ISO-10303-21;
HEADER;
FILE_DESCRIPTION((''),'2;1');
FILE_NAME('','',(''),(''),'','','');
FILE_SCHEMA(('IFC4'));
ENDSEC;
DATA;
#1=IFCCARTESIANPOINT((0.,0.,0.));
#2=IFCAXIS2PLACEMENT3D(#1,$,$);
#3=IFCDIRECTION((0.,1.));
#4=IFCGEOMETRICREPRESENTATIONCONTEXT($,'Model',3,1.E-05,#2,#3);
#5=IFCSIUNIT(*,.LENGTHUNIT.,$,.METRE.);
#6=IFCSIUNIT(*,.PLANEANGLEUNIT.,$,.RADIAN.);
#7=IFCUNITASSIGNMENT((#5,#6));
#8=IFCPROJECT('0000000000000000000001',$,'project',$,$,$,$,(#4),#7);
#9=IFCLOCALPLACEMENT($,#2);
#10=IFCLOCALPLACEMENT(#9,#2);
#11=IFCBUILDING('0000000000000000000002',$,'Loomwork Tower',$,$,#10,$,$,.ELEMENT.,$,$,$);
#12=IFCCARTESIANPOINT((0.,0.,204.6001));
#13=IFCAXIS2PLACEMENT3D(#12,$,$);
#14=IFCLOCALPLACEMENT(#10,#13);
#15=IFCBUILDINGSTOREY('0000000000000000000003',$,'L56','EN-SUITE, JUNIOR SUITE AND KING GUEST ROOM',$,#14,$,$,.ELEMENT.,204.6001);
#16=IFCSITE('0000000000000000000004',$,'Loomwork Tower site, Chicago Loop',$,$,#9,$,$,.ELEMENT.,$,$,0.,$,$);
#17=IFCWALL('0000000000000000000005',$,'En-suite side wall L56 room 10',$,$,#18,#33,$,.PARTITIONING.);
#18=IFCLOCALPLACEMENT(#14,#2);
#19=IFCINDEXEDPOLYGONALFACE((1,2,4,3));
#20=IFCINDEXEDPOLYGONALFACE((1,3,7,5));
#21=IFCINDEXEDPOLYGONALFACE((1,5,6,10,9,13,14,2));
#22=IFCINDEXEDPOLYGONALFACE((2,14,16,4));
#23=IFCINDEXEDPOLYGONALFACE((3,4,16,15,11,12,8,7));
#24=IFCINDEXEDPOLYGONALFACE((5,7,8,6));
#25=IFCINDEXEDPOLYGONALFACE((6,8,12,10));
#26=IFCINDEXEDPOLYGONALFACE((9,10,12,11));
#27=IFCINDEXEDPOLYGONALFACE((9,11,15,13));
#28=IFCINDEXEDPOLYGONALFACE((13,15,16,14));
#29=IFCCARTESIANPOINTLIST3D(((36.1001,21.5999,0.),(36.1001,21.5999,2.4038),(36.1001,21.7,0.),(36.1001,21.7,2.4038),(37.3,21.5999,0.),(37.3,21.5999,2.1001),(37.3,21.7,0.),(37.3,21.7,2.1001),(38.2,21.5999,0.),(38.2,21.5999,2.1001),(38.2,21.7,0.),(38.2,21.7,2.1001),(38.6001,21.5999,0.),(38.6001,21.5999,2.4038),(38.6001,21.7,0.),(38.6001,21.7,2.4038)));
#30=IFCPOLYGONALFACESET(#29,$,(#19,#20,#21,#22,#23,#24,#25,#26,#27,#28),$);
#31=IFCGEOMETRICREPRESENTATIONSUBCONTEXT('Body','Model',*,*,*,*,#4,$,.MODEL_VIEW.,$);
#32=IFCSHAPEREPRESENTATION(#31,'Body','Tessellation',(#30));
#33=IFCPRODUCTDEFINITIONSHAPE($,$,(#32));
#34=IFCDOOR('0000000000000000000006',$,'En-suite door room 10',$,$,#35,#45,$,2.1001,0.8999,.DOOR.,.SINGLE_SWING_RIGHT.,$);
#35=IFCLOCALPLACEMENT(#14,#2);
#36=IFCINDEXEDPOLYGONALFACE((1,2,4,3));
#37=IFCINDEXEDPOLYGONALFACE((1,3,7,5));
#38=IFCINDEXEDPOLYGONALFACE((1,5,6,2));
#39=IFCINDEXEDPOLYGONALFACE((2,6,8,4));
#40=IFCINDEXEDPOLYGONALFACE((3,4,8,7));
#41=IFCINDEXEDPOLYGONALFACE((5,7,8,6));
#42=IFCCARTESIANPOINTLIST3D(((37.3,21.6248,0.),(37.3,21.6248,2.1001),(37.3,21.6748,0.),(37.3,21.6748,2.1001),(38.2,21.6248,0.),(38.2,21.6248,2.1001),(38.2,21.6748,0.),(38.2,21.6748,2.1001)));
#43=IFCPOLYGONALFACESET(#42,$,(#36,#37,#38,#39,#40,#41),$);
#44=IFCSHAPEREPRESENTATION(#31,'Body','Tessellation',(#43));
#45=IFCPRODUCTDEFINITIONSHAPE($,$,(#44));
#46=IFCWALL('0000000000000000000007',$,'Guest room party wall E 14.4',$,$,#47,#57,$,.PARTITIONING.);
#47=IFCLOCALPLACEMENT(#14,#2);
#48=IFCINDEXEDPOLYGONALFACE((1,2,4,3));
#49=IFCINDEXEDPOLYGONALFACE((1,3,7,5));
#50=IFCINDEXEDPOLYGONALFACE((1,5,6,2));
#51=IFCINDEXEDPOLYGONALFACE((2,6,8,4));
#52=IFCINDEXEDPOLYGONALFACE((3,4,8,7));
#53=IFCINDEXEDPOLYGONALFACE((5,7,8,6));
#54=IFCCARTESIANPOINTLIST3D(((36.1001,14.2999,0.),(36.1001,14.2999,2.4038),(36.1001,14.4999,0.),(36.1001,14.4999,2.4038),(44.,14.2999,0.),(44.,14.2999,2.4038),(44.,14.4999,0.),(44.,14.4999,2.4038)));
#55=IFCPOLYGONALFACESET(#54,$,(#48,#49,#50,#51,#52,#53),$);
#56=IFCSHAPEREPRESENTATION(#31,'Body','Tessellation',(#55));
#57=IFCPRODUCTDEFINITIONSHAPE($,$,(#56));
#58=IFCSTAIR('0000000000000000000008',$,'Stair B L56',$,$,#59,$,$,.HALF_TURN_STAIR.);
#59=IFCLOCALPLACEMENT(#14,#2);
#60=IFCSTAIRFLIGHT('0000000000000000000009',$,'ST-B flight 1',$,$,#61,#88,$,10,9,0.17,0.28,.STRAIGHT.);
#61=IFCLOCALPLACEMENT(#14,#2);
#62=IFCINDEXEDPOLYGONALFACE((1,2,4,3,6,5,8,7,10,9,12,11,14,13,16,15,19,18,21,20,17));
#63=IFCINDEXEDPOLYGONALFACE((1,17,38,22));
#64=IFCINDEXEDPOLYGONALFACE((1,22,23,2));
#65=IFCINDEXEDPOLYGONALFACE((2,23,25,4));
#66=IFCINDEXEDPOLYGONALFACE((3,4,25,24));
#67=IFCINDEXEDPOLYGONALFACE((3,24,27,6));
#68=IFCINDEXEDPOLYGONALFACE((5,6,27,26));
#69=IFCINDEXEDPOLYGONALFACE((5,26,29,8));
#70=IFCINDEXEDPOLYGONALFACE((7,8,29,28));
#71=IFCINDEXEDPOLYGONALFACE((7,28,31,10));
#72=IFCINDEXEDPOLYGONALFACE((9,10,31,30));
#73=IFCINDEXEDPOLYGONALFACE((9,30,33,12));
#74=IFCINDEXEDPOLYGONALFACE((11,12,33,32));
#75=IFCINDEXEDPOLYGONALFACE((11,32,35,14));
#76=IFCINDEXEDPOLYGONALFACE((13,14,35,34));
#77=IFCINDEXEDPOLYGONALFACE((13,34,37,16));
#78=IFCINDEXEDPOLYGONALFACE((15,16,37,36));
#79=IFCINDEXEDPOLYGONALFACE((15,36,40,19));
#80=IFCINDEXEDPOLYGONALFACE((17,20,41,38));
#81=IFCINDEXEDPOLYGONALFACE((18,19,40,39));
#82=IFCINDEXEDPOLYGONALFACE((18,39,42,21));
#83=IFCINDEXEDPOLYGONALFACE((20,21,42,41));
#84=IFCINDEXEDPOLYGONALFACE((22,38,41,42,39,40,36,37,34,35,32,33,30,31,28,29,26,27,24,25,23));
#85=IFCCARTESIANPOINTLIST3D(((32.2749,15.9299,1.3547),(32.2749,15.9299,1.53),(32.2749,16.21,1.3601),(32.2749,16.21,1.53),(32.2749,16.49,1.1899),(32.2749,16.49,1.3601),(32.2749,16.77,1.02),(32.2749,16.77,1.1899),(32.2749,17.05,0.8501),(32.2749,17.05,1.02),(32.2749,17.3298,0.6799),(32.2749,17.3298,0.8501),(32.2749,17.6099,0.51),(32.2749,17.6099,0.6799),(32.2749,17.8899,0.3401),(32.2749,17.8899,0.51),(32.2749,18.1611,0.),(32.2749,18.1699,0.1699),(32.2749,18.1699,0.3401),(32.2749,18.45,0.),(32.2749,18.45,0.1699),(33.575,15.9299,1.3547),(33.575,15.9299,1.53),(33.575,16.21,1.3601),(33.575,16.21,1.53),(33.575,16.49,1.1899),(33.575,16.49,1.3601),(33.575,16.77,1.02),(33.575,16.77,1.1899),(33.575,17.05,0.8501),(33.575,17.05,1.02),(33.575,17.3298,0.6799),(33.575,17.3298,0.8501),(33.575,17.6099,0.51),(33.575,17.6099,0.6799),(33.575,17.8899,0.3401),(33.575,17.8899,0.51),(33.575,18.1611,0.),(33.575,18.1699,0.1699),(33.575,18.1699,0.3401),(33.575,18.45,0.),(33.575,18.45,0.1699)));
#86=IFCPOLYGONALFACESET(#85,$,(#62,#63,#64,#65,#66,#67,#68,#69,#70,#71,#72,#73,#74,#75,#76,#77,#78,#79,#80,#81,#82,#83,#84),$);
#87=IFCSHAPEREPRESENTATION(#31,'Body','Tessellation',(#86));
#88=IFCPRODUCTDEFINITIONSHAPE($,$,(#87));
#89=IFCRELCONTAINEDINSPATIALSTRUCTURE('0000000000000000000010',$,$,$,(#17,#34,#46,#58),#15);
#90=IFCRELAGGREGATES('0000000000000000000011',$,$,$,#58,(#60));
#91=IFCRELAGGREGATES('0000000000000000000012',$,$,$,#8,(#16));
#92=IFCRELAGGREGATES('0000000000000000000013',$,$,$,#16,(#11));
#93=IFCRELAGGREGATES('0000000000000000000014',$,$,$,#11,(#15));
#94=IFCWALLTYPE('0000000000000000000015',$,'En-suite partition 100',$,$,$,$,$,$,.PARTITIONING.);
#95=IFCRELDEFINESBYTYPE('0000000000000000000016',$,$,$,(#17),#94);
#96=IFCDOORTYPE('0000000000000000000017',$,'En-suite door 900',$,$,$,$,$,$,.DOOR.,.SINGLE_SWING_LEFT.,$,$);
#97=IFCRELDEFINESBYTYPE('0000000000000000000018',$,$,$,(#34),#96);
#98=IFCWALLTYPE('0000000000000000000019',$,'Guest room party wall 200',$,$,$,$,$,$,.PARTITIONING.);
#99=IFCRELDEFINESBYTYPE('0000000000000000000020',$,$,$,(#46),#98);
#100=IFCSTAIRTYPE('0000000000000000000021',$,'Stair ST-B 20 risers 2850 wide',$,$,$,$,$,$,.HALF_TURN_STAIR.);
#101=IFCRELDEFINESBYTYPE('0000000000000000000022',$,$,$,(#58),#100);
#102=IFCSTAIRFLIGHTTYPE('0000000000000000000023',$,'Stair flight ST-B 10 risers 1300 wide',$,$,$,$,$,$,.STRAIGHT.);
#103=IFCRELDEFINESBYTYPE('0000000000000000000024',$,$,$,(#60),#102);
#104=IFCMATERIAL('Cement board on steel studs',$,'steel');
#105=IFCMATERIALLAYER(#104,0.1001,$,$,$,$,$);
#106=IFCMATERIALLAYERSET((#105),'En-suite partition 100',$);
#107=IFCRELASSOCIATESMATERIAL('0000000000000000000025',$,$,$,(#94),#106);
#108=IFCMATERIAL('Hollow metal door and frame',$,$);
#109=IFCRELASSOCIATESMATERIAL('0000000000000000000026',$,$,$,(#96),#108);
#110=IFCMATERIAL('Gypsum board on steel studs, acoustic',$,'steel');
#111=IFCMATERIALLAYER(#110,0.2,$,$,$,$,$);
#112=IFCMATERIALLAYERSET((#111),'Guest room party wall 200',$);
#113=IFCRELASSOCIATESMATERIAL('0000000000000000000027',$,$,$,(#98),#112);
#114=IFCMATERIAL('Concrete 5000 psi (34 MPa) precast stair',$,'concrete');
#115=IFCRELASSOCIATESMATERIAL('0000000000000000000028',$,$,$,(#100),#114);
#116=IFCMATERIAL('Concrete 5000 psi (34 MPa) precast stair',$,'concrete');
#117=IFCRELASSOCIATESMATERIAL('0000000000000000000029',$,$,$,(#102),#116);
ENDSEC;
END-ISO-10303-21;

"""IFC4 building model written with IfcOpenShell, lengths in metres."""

from ifc_helpers import new_model, si_unit, direction, frame, frame_2d, origin, place, context, subcontext, project, spatial, polyline, rectangle, outline, extrude, material, layer, layer_set, type_object, element, fill, aggregate, save


model = new_model("IFC4")

# Units and contexts
model_context = context("Model", 3, precision=1e-05, world=origin(), true_north=direction((0.0, 1.0)))
body_context = subcontext(model_context, "Body", "Model", "MODEL_VIEW")
ifc_project = project(units=[si_unit("LENGTHUNIT", "METRE"), si_unit("PLANEANGLEUNIT", "RADIAN")], contexts=[model_context])

# Site, building, storey
site_placement = place(None, origin())
site = spatial("IfcSite", under=ifc_project, at=site_placement, Name="Loomwork Tower site, Chicago Loop", CompositionType="ELEMENT", RefElevation=0.0)
building_placement = place(site_placement, origin())
building = spatial("IfcBuilding", under=site, at=building_placement, Name="Loomwork Tower", CompositionType="ELEMENT")
storey_placement = place(building_placement, frame((0.0, 0.0, 204.6001)))
storey = spatial("IfcBuildingStorey", under=building, at=storey_placement, Name="L56", Description="EN-SUITE, JUNIOR SUITE AND KING GUEST ROOM", CompositionType="ELEMENT", Elevation=204.6001)

# Wall, opening, door
ifc_material_1 = material(Name="Cement board on steel studs", Category="steel")
ifc_layer_1 = layer(ifc_material_1, 0.1001)
ifc_layer_set_1 = layer_set([ifc_layer_1], Name="En-suite partition 100")
wall_type_1 = type_object("IfcWallType", Name="En-suite partition 100", PredefinedType="PARTITIONING", material=ifc_layer_set_1)
ifc_material_2 = material(Name="Hollow metal door and frame")
door_type_1 = type_object("IfcDoorType", Name="En-suite door 900", OperationType="SINGLE_SWING_LEFT", PredefinedType="DOOR", material=ifc_material_2)
wall_1_placement = place(storey_placement, frame((36.1001, 21.6499, 0.0), z_axis=(0.0, 0.0, 1.0), x_axis=(1.0, 0.0, 0.0)))
wall_1 = element("IfcWall", 1, at=wall_1_placement, inside=storey, type_object=wall_type_1, Name="En-suite side wall L56 room 10", PredefinedType="PARTITIONING", context=body_context, shape_type="SweptSolid", body=[
    extrude(rectangle(XDim=2.5, YDim=0.1001, at=frame_2d((1.25, 0.0))), origin(), (0.0, 0.0, 1.0), 2.4038),
])
opening_1_placement = place(wall_1_placement, frame((1.2, 0.0, 0.0)))
opening_1 = element("IfcOpeningElement", 2, at=opening_1_placement, cuts=wall_1, PredefinedType="OPENING", context=body_context, shape_type="SweptSolid", body=[
    extrude(rectangle(XDim=0.8999, YDim=2.1001, at=frame_2d((0.45, 1.05))), frame((0.0, 0.0601, 0.0), z_axis=(0.0, -1.0, 0.0), x_axis=(1.0, 0.0, 0.0)), (0.0, 0.0, 1.0), 0.1201),
])
door_1_placement = place(opening_1_placement, origin())
door_1 = element("IfcDoor", 3, at=door_1_placement, inside=storey, type_object=door_type_1, Name="En-suite door room 10", OperationType="SINGLE_SWING_RIGHT", OverallHeight=2.1001, OverallWidth=0.8999, PredefinedType="DOOR", context=body_context, shape_type="SweptSolid", body=[
    extrude(rectangle(XDim=0.8999, YDim=2.1001, at=frame_2d((0.45, 1.05))), frame((0.0, 0.0249, 0.0), z_axis=(0.0, -1.0, 0.0), x_axis=(1.0, 0.0, 0.0)), (0.0, 0.0, 1.0), 0.05),
])
fill(opening_1, door_1)

# Wall
ifc_material_3 = material(Name="Gypsum board on steel studs, acoustic", Category="steel")
ifc_layer_2 = layer(ifc_material_3, 0.2)
ifc_layer_set_2 = layer_set([ifc_layer_2], Name="Guest room party wall 200")
wall_type_2 = type_object("IfcWallType", Name="Guest room party wall 200", PredefinedType="PARTITIONING", material=ifc_layer_set_2)
wall_2_placement = place(storey_placement, frame((36.1001, 14.3999, 0.0), z_axis=(0.0, 0.0, 1.0), x_axis=(1.0, 0.0, 0.0)))
element("IfcWall", 4, at=wall_2_placement, inside=storey, type_object=wall_type_2, Name="Guest room party wall E 14.4", PredefinedType="PARTITIONING", context=body_context, shape_type="SweptSolid", body=[
    extrude(rectangle(XDim=7.8999, YDim=0.2, at=frame_2d((3.95, 0.0))), origin(), (0.0, 0.0, 1.0), 2.4038),
])

# Stair, stair flight
ifc_material_4 = material(Name="Concrete 5000 psi (34 MPa) precast stair", Category="concrete")
stair_type = type_object("IfcStairType", Name="Stair ST-B 20 risers 2850 wide", PredefinedType="HALF_TURN_STAIR", material=ifc_material_4)
stair_placement = place(storey_placement, origin())
stair = element("IfcStair", 5, at=stair_placement, inside=storey, type_object=stair_type, Name="Stair B L56", PredefinedType="HALF_TURN_STAIR")
ifc_material_5 = material(Name="Concrete 5000 psi (34 MPa) precast stair", Category="concrete")
stair_flight_type = type_object("IfcStairFlightType", Name="Stair flight ST-B 10 risers 1300 wide", PredefinedType="STRAIGHT", material=ifc_material_5)
stair_flight_placement = place(storey_placement, frame((32.925, 18.45, 0.0), z_axis=(0.0, 0.0, 1.0), x_axis=(0.0, -1.0, 0.0)))
stair_flight = element("IfcStairFlight", 6, at=stair_flight_placement, type_object=stair_flight_type, Name="ST-B flight 1", NumberOfRisers=10, NumberOfTreads=9, PredefinedType="STRAIGHT", RiserHeight=0.17, TreadLength=0.28, context=body_context, shape_type="SweptSolid", body=[
    extrude(outline(polyline([(0.0, 0.0), (0.0, 0.1699), (0.28, 0.1699), (0.28, 0.3401), (0.5601, 0.3401), (0.5601, 0.51), (0.8401, 0.51), (0.8401, 0.6799), (1.1201, 0.6799), (1.1201, 0.8501), (1.3999, 0.8501), (1.3999, 1.02), (1.6799, 1.02), (1.6799, 1.1899), (1.96, 1.1899), (1.96, 1.3601), (2.24, 1.3601), (2.24, 1.53), (2.52, 1.53), (2.52, 1.7), (2.52, 1.3547), (0.2888, 0.0), (0.0, 0.0)])), frame((0.0, 0.6499, 0.0), z_axis=(0.0, -1.0, 0.0), x_axis=(1.0, 0.0, 0.0)), (0.0, 0.0, 1.0), 1.3),
])
aggregate(stair, [stair_flight])

save(model, "model.ifc")
